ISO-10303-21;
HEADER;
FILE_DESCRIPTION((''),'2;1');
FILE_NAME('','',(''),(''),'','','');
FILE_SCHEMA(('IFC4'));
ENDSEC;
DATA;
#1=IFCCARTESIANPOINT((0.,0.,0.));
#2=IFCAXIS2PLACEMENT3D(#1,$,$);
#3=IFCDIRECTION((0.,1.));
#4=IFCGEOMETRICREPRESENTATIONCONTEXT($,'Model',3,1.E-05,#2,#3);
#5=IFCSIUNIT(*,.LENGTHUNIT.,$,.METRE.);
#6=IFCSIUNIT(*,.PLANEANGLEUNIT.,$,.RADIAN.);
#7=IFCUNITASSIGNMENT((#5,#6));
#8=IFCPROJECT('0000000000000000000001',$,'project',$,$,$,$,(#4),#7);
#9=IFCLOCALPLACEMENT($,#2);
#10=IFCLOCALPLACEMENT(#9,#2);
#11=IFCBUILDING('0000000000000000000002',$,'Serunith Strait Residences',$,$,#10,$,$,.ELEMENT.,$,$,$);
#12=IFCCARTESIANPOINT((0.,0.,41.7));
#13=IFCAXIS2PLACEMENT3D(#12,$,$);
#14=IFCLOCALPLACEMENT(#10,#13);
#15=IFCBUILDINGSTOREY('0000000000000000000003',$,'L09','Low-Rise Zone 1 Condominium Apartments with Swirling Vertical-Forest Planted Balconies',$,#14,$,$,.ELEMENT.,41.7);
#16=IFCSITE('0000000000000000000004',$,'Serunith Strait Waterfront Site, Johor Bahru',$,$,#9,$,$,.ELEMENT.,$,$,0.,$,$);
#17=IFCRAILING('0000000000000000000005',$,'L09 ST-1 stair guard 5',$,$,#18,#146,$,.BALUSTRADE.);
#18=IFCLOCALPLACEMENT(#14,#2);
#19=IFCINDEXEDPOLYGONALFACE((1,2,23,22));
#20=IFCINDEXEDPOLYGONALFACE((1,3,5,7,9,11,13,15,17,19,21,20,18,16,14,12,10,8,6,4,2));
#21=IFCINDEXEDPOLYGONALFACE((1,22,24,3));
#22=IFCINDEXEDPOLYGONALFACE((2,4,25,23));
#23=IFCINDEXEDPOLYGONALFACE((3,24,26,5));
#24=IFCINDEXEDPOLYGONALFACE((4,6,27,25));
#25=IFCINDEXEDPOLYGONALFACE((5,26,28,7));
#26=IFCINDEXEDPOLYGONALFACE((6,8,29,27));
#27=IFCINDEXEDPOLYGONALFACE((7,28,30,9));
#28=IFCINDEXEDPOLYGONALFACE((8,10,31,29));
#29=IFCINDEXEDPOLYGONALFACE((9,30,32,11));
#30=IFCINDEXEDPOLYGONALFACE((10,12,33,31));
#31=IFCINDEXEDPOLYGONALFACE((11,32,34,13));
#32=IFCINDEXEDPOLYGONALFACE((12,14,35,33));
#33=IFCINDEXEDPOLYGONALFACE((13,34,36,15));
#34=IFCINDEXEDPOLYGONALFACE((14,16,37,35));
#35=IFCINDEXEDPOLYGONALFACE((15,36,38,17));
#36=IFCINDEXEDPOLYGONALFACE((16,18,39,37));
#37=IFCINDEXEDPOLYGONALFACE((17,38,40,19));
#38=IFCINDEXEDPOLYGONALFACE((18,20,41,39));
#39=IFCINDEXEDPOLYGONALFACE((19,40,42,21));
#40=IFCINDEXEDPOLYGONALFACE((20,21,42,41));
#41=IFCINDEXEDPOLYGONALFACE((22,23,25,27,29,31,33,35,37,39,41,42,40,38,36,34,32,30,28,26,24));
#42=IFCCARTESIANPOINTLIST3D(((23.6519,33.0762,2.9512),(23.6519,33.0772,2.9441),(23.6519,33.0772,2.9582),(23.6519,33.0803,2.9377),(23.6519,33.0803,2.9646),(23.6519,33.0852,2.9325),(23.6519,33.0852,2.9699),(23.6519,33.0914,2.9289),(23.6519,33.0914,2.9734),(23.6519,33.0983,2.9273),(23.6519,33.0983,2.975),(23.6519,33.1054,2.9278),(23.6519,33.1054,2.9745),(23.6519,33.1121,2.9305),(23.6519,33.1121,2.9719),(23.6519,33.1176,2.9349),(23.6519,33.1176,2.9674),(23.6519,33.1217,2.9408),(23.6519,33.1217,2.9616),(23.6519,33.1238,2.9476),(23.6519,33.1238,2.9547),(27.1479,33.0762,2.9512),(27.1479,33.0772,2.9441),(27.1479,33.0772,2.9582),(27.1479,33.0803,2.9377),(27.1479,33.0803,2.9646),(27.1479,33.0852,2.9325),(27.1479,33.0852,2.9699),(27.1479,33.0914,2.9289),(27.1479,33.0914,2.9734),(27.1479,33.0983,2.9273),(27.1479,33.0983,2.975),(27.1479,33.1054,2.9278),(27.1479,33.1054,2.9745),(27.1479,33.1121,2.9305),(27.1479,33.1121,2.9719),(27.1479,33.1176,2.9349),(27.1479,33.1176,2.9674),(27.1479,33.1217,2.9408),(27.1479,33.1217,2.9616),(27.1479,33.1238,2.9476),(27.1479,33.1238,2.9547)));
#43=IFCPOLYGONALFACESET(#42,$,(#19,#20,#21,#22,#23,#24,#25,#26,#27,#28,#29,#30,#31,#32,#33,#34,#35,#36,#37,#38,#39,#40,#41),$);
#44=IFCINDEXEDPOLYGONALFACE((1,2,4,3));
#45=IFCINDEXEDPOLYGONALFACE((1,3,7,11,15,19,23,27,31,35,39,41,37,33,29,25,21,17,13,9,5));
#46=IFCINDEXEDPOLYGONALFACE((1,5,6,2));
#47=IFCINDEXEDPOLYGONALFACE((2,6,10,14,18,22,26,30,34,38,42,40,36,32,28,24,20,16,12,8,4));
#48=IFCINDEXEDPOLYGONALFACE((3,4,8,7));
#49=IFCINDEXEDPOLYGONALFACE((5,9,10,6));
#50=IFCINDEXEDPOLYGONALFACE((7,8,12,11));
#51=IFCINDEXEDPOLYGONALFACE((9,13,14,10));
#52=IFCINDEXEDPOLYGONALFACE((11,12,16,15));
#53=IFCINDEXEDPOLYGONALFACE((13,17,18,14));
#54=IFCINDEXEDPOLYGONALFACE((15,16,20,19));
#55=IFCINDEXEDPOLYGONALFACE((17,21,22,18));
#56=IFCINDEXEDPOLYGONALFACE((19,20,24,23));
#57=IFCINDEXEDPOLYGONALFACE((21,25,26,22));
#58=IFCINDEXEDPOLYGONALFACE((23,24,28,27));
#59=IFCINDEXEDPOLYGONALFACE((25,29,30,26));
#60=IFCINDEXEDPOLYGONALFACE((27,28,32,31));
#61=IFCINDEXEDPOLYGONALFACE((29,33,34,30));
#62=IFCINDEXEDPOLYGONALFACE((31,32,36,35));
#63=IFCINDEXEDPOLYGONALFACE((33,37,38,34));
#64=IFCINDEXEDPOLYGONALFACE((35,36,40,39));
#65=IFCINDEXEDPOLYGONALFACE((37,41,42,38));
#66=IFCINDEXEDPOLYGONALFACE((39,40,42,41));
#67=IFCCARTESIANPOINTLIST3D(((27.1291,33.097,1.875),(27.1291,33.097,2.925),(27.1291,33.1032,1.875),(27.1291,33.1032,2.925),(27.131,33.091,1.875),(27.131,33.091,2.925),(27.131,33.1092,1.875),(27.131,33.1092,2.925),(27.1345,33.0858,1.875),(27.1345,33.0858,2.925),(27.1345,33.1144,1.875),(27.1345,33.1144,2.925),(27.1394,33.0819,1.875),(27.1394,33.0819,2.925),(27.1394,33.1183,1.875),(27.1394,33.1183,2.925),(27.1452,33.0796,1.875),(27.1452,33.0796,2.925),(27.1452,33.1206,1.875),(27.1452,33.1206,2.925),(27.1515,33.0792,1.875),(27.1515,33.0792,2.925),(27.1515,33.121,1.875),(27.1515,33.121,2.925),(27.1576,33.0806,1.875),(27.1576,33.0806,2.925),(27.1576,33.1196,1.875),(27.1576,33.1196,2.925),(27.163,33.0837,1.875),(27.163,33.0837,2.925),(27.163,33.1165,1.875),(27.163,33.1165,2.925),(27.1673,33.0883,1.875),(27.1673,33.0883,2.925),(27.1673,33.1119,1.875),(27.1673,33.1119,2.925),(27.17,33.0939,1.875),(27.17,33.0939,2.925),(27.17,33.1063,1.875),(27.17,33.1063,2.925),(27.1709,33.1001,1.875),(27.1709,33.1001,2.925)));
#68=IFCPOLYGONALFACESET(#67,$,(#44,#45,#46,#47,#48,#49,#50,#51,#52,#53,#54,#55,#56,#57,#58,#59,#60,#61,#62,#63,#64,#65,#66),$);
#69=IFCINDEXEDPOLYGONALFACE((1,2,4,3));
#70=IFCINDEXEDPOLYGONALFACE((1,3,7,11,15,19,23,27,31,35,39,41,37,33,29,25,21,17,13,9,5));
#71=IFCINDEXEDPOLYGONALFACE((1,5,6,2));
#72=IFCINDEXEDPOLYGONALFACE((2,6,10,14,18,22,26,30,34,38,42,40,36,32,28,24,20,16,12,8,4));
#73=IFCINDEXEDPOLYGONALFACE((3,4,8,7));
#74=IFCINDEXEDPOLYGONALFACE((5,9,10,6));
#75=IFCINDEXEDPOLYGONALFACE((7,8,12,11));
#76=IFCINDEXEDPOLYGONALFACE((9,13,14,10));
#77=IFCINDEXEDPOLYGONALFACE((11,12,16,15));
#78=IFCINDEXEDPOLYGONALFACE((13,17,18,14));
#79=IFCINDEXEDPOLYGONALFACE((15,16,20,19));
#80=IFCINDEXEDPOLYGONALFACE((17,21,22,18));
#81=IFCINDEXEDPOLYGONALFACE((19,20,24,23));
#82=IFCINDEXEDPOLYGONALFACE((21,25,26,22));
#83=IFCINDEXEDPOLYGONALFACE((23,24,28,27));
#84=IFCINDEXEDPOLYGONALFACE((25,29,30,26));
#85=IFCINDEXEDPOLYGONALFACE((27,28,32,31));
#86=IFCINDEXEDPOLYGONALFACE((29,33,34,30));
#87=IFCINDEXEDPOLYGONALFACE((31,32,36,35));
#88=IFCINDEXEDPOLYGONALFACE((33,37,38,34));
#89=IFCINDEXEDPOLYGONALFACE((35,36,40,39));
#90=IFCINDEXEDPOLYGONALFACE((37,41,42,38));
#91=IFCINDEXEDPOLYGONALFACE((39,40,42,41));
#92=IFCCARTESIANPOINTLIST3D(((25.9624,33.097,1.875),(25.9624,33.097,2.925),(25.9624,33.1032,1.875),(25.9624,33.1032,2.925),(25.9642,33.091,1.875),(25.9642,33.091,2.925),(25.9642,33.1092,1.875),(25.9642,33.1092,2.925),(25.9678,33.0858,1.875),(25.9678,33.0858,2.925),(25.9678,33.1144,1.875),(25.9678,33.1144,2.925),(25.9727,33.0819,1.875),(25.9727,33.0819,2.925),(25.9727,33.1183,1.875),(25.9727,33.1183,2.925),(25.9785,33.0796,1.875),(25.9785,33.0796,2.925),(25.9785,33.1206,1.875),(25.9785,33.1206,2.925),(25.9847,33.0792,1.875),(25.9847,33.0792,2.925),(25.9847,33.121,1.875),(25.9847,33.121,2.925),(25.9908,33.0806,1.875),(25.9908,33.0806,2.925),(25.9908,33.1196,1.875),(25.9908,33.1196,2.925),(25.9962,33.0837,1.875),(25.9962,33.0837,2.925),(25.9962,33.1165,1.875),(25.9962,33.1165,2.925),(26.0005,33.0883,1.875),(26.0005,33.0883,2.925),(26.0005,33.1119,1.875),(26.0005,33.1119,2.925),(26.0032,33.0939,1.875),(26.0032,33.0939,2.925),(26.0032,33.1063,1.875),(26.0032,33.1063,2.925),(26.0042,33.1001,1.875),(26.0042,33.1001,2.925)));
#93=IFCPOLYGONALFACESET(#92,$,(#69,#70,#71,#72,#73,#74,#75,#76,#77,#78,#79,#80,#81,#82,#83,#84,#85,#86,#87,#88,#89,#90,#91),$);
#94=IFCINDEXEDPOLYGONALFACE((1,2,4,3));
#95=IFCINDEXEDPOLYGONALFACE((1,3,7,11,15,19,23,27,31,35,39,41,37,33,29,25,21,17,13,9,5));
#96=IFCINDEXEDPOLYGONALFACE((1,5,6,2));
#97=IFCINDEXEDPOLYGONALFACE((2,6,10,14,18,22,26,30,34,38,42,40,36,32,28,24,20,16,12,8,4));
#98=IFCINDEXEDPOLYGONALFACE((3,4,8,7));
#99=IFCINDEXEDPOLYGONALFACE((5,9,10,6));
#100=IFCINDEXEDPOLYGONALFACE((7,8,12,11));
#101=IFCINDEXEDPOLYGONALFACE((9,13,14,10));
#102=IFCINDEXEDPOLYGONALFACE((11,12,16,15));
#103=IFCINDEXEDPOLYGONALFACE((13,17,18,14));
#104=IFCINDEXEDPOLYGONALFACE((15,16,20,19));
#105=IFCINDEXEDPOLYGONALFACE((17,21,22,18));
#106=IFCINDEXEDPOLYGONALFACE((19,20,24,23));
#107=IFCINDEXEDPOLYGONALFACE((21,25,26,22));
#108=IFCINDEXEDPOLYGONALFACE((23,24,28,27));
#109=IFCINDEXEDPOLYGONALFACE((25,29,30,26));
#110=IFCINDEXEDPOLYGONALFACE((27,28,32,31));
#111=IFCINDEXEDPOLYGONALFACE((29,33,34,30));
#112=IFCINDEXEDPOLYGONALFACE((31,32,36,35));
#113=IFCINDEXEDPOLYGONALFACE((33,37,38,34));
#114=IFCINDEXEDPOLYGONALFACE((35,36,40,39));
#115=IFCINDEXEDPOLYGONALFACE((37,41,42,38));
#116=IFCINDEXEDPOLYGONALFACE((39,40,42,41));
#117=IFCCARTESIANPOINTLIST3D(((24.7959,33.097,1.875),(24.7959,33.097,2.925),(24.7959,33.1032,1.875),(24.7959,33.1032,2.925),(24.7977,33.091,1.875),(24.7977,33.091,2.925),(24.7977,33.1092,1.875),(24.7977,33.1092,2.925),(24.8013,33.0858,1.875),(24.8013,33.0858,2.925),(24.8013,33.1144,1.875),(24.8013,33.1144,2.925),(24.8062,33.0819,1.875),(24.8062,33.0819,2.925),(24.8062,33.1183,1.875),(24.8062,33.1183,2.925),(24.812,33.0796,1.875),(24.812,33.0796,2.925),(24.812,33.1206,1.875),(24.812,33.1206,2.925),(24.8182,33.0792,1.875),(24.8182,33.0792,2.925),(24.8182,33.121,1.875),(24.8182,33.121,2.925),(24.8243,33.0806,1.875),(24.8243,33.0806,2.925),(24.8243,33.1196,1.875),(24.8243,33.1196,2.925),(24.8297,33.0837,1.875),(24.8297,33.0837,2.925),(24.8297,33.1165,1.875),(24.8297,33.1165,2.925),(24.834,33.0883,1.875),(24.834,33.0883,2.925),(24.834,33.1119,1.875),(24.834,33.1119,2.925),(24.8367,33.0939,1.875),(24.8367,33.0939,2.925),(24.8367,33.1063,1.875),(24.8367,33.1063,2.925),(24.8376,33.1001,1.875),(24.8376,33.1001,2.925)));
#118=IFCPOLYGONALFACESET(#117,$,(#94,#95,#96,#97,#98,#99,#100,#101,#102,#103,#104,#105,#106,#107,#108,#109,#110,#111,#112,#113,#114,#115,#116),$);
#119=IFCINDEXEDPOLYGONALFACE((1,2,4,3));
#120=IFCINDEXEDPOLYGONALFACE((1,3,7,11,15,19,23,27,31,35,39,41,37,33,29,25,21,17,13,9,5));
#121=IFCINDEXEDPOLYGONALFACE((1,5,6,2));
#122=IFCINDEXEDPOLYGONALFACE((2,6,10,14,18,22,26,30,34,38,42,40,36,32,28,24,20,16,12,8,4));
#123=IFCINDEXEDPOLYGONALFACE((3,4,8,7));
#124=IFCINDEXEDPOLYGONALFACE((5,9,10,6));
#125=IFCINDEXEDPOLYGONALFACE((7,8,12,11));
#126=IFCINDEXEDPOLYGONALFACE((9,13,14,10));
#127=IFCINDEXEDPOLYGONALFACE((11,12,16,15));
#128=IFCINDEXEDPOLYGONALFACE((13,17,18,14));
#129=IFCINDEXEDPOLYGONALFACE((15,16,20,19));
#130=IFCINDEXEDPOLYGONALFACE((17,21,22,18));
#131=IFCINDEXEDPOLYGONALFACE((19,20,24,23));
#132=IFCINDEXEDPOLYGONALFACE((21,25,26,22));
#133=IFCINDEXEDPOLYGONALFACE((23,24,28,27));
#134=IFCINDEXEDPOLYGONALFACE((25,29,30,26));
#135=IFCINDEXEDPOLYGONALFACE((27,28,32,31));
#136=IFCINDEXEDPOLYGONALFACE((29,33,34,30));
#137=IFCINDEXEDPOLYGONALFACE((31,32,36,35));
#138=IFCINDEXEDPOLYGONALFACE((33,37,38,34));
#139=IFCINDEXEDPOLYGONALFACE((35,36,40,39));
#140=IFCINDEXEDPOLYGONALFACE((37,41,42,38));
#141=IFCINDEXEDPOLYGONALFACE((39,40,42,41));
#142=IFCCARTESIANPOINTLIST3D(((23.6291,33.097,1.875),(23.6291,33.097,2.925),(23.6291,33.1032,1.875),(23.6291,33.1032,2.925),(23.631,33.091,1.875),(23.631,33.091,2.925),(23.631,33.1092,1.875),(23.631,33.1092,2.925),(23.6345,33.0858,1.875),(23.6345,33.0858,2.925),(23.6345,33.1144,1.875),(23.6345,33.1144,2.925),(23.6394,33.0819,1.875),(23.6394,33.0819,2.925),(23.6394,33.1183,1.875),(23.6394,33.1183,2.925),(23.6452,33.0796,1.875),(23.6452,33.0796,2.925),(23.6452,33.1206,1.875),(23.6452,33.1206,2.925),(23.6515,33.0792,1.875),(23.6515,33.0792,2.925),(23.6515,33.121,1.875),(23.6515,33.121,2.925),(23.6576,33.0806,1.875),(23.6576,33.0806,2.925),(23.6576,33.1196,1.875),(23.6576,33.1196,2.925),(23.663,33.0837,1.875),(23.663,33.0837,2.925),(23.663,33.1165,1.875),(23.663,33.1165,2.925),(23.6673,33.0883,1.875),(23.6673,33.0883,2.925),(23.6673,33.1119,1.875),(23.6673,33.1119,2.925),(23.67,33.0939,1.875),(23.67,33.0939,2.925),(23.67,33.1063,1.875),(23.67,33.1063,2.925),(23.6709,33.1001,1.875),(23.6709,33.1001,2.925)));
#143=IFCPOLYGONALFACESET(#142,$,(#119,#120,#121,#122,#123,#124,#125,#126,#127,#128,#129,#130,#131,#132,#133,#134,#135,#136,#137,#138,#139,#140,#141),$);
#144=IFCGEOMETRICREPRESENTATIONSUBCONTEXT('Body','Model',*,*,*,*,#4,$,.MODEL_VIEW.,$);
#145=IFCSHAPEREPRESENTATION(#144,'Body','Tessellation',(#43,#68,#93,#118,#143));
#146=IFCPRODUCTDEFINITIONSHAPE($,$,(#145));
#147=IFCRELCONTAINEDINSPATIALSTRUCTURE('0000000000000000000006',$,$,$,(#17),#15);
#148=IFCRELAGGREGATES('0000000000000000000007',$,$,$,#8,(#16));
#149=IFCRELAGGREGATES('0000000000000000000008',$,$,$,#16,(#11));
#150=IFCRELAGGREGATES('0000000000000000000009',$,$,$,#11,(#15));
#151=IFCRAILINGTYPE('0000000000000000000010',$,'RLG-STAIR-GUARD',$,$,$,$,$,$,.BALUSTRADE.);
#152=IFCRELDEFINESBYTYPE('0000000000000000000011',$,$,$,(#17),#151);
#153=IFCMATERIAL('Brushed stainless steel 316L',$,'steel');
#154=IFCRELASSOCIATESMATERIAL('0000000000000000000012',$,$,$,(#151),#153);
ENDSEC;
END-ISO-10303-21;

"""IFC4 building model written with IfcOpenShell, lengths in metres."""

from ifc_helpers import new_model, si_unit, direction, frame, origin, origin_2d, place, context, subcontext, project, spatial, circle, extrude, material, type_object, element, save


model = new_model("IFC4")

# Units and contexts
model_context = context("Model", 3, precision=1e-05, world=origin(), true_north=direction((0.0, 1.0)))
body_context = subcontext(model_context, "Body", "Model", "MODEL_VIEW")
ifc_project = project(units=[si_unit("LENGTHUNIT", "METRE"), si_unit("PLANEANGLEUNIT", "RADIAN")], contexts=[model_context])

# Site, building, storey
site_placement = place(None, origin())
site = spatial("IfcSite", under=ifc_project, at=site_placement, Name="Serunith Strait Waterfront Site, Johor Bahru", CompositionType="ELEMENT", RefElevation=0.0)
building_placement = place(site_placement, origin())
building = spatial("IfcBuilding", under=site, at=building_placement, Name="Serunith Strait Residences", CompositionType="ELEMENT")
storey_placement = place(building_placement, frame((0.0, 0.0, 41.7)))
storey = spatial("IfcBuildingStorey", under=building, at=storey_placement, Name="L09", Description="Low-Rise Zone 1 Condominium Apartments with Swirling Vertical-Forest Planted Balconies", CompositionType="ELEMENT", Elevation=41.7)

# Railing
ifc_material_1 = material(Name="Brushed stainless steel 316L", Category="steel")
railing_type_1 = type_object("IfcRailingType", Name="RLG-STAIR-GUARD", PredefinedType="BALUSTRADE", material=ifc_material_1)
railing_1_placement = place(storey_placement, frame((27.1499, 33.1001, 1.875)))
element("IfcRailing", 1, at=railing_1_placement, inside=storey, type_object=railing_type_1, Name="L09 ST-1 stair guard 5", PredefinedType="BALUSTRADE", context=body_context, shape_type="SweptSolid", body=[
    extrude(circle(Radius=0.0239, at=origin_2d()), frame((-0.002, 0.0, 1.0762), z_axis=(-1.0, 0.0, 0.0), x_axis=(0.0, -1.0, 0.0)), (0.0, 0.0, 1.0), 3.4961),
    extrude(circle(Radius=0.021, at=origin_2d()), origin(), (0.0, 0.0, 1.0), 1.05),
    extrude(circle(Radius=0.021, at=origin_2d()), frame((-1.1667, 0.0, 0.0)), (0.0, 0.0, 1.0), 1.05),
    extrude(circle(Radius=0.021, at=origin_2d()), frame((-2.3333, 0.0, 0.0)), (0.0, 0.0, 1.0), 1.05),
    extrude(circle(Radius=0.021, at=origin_2d()), frame((-3.5, 0.0, 0.0)), (0.0, 0.0, 1.0), 1.05),
])

save(model, "model.ifc")
